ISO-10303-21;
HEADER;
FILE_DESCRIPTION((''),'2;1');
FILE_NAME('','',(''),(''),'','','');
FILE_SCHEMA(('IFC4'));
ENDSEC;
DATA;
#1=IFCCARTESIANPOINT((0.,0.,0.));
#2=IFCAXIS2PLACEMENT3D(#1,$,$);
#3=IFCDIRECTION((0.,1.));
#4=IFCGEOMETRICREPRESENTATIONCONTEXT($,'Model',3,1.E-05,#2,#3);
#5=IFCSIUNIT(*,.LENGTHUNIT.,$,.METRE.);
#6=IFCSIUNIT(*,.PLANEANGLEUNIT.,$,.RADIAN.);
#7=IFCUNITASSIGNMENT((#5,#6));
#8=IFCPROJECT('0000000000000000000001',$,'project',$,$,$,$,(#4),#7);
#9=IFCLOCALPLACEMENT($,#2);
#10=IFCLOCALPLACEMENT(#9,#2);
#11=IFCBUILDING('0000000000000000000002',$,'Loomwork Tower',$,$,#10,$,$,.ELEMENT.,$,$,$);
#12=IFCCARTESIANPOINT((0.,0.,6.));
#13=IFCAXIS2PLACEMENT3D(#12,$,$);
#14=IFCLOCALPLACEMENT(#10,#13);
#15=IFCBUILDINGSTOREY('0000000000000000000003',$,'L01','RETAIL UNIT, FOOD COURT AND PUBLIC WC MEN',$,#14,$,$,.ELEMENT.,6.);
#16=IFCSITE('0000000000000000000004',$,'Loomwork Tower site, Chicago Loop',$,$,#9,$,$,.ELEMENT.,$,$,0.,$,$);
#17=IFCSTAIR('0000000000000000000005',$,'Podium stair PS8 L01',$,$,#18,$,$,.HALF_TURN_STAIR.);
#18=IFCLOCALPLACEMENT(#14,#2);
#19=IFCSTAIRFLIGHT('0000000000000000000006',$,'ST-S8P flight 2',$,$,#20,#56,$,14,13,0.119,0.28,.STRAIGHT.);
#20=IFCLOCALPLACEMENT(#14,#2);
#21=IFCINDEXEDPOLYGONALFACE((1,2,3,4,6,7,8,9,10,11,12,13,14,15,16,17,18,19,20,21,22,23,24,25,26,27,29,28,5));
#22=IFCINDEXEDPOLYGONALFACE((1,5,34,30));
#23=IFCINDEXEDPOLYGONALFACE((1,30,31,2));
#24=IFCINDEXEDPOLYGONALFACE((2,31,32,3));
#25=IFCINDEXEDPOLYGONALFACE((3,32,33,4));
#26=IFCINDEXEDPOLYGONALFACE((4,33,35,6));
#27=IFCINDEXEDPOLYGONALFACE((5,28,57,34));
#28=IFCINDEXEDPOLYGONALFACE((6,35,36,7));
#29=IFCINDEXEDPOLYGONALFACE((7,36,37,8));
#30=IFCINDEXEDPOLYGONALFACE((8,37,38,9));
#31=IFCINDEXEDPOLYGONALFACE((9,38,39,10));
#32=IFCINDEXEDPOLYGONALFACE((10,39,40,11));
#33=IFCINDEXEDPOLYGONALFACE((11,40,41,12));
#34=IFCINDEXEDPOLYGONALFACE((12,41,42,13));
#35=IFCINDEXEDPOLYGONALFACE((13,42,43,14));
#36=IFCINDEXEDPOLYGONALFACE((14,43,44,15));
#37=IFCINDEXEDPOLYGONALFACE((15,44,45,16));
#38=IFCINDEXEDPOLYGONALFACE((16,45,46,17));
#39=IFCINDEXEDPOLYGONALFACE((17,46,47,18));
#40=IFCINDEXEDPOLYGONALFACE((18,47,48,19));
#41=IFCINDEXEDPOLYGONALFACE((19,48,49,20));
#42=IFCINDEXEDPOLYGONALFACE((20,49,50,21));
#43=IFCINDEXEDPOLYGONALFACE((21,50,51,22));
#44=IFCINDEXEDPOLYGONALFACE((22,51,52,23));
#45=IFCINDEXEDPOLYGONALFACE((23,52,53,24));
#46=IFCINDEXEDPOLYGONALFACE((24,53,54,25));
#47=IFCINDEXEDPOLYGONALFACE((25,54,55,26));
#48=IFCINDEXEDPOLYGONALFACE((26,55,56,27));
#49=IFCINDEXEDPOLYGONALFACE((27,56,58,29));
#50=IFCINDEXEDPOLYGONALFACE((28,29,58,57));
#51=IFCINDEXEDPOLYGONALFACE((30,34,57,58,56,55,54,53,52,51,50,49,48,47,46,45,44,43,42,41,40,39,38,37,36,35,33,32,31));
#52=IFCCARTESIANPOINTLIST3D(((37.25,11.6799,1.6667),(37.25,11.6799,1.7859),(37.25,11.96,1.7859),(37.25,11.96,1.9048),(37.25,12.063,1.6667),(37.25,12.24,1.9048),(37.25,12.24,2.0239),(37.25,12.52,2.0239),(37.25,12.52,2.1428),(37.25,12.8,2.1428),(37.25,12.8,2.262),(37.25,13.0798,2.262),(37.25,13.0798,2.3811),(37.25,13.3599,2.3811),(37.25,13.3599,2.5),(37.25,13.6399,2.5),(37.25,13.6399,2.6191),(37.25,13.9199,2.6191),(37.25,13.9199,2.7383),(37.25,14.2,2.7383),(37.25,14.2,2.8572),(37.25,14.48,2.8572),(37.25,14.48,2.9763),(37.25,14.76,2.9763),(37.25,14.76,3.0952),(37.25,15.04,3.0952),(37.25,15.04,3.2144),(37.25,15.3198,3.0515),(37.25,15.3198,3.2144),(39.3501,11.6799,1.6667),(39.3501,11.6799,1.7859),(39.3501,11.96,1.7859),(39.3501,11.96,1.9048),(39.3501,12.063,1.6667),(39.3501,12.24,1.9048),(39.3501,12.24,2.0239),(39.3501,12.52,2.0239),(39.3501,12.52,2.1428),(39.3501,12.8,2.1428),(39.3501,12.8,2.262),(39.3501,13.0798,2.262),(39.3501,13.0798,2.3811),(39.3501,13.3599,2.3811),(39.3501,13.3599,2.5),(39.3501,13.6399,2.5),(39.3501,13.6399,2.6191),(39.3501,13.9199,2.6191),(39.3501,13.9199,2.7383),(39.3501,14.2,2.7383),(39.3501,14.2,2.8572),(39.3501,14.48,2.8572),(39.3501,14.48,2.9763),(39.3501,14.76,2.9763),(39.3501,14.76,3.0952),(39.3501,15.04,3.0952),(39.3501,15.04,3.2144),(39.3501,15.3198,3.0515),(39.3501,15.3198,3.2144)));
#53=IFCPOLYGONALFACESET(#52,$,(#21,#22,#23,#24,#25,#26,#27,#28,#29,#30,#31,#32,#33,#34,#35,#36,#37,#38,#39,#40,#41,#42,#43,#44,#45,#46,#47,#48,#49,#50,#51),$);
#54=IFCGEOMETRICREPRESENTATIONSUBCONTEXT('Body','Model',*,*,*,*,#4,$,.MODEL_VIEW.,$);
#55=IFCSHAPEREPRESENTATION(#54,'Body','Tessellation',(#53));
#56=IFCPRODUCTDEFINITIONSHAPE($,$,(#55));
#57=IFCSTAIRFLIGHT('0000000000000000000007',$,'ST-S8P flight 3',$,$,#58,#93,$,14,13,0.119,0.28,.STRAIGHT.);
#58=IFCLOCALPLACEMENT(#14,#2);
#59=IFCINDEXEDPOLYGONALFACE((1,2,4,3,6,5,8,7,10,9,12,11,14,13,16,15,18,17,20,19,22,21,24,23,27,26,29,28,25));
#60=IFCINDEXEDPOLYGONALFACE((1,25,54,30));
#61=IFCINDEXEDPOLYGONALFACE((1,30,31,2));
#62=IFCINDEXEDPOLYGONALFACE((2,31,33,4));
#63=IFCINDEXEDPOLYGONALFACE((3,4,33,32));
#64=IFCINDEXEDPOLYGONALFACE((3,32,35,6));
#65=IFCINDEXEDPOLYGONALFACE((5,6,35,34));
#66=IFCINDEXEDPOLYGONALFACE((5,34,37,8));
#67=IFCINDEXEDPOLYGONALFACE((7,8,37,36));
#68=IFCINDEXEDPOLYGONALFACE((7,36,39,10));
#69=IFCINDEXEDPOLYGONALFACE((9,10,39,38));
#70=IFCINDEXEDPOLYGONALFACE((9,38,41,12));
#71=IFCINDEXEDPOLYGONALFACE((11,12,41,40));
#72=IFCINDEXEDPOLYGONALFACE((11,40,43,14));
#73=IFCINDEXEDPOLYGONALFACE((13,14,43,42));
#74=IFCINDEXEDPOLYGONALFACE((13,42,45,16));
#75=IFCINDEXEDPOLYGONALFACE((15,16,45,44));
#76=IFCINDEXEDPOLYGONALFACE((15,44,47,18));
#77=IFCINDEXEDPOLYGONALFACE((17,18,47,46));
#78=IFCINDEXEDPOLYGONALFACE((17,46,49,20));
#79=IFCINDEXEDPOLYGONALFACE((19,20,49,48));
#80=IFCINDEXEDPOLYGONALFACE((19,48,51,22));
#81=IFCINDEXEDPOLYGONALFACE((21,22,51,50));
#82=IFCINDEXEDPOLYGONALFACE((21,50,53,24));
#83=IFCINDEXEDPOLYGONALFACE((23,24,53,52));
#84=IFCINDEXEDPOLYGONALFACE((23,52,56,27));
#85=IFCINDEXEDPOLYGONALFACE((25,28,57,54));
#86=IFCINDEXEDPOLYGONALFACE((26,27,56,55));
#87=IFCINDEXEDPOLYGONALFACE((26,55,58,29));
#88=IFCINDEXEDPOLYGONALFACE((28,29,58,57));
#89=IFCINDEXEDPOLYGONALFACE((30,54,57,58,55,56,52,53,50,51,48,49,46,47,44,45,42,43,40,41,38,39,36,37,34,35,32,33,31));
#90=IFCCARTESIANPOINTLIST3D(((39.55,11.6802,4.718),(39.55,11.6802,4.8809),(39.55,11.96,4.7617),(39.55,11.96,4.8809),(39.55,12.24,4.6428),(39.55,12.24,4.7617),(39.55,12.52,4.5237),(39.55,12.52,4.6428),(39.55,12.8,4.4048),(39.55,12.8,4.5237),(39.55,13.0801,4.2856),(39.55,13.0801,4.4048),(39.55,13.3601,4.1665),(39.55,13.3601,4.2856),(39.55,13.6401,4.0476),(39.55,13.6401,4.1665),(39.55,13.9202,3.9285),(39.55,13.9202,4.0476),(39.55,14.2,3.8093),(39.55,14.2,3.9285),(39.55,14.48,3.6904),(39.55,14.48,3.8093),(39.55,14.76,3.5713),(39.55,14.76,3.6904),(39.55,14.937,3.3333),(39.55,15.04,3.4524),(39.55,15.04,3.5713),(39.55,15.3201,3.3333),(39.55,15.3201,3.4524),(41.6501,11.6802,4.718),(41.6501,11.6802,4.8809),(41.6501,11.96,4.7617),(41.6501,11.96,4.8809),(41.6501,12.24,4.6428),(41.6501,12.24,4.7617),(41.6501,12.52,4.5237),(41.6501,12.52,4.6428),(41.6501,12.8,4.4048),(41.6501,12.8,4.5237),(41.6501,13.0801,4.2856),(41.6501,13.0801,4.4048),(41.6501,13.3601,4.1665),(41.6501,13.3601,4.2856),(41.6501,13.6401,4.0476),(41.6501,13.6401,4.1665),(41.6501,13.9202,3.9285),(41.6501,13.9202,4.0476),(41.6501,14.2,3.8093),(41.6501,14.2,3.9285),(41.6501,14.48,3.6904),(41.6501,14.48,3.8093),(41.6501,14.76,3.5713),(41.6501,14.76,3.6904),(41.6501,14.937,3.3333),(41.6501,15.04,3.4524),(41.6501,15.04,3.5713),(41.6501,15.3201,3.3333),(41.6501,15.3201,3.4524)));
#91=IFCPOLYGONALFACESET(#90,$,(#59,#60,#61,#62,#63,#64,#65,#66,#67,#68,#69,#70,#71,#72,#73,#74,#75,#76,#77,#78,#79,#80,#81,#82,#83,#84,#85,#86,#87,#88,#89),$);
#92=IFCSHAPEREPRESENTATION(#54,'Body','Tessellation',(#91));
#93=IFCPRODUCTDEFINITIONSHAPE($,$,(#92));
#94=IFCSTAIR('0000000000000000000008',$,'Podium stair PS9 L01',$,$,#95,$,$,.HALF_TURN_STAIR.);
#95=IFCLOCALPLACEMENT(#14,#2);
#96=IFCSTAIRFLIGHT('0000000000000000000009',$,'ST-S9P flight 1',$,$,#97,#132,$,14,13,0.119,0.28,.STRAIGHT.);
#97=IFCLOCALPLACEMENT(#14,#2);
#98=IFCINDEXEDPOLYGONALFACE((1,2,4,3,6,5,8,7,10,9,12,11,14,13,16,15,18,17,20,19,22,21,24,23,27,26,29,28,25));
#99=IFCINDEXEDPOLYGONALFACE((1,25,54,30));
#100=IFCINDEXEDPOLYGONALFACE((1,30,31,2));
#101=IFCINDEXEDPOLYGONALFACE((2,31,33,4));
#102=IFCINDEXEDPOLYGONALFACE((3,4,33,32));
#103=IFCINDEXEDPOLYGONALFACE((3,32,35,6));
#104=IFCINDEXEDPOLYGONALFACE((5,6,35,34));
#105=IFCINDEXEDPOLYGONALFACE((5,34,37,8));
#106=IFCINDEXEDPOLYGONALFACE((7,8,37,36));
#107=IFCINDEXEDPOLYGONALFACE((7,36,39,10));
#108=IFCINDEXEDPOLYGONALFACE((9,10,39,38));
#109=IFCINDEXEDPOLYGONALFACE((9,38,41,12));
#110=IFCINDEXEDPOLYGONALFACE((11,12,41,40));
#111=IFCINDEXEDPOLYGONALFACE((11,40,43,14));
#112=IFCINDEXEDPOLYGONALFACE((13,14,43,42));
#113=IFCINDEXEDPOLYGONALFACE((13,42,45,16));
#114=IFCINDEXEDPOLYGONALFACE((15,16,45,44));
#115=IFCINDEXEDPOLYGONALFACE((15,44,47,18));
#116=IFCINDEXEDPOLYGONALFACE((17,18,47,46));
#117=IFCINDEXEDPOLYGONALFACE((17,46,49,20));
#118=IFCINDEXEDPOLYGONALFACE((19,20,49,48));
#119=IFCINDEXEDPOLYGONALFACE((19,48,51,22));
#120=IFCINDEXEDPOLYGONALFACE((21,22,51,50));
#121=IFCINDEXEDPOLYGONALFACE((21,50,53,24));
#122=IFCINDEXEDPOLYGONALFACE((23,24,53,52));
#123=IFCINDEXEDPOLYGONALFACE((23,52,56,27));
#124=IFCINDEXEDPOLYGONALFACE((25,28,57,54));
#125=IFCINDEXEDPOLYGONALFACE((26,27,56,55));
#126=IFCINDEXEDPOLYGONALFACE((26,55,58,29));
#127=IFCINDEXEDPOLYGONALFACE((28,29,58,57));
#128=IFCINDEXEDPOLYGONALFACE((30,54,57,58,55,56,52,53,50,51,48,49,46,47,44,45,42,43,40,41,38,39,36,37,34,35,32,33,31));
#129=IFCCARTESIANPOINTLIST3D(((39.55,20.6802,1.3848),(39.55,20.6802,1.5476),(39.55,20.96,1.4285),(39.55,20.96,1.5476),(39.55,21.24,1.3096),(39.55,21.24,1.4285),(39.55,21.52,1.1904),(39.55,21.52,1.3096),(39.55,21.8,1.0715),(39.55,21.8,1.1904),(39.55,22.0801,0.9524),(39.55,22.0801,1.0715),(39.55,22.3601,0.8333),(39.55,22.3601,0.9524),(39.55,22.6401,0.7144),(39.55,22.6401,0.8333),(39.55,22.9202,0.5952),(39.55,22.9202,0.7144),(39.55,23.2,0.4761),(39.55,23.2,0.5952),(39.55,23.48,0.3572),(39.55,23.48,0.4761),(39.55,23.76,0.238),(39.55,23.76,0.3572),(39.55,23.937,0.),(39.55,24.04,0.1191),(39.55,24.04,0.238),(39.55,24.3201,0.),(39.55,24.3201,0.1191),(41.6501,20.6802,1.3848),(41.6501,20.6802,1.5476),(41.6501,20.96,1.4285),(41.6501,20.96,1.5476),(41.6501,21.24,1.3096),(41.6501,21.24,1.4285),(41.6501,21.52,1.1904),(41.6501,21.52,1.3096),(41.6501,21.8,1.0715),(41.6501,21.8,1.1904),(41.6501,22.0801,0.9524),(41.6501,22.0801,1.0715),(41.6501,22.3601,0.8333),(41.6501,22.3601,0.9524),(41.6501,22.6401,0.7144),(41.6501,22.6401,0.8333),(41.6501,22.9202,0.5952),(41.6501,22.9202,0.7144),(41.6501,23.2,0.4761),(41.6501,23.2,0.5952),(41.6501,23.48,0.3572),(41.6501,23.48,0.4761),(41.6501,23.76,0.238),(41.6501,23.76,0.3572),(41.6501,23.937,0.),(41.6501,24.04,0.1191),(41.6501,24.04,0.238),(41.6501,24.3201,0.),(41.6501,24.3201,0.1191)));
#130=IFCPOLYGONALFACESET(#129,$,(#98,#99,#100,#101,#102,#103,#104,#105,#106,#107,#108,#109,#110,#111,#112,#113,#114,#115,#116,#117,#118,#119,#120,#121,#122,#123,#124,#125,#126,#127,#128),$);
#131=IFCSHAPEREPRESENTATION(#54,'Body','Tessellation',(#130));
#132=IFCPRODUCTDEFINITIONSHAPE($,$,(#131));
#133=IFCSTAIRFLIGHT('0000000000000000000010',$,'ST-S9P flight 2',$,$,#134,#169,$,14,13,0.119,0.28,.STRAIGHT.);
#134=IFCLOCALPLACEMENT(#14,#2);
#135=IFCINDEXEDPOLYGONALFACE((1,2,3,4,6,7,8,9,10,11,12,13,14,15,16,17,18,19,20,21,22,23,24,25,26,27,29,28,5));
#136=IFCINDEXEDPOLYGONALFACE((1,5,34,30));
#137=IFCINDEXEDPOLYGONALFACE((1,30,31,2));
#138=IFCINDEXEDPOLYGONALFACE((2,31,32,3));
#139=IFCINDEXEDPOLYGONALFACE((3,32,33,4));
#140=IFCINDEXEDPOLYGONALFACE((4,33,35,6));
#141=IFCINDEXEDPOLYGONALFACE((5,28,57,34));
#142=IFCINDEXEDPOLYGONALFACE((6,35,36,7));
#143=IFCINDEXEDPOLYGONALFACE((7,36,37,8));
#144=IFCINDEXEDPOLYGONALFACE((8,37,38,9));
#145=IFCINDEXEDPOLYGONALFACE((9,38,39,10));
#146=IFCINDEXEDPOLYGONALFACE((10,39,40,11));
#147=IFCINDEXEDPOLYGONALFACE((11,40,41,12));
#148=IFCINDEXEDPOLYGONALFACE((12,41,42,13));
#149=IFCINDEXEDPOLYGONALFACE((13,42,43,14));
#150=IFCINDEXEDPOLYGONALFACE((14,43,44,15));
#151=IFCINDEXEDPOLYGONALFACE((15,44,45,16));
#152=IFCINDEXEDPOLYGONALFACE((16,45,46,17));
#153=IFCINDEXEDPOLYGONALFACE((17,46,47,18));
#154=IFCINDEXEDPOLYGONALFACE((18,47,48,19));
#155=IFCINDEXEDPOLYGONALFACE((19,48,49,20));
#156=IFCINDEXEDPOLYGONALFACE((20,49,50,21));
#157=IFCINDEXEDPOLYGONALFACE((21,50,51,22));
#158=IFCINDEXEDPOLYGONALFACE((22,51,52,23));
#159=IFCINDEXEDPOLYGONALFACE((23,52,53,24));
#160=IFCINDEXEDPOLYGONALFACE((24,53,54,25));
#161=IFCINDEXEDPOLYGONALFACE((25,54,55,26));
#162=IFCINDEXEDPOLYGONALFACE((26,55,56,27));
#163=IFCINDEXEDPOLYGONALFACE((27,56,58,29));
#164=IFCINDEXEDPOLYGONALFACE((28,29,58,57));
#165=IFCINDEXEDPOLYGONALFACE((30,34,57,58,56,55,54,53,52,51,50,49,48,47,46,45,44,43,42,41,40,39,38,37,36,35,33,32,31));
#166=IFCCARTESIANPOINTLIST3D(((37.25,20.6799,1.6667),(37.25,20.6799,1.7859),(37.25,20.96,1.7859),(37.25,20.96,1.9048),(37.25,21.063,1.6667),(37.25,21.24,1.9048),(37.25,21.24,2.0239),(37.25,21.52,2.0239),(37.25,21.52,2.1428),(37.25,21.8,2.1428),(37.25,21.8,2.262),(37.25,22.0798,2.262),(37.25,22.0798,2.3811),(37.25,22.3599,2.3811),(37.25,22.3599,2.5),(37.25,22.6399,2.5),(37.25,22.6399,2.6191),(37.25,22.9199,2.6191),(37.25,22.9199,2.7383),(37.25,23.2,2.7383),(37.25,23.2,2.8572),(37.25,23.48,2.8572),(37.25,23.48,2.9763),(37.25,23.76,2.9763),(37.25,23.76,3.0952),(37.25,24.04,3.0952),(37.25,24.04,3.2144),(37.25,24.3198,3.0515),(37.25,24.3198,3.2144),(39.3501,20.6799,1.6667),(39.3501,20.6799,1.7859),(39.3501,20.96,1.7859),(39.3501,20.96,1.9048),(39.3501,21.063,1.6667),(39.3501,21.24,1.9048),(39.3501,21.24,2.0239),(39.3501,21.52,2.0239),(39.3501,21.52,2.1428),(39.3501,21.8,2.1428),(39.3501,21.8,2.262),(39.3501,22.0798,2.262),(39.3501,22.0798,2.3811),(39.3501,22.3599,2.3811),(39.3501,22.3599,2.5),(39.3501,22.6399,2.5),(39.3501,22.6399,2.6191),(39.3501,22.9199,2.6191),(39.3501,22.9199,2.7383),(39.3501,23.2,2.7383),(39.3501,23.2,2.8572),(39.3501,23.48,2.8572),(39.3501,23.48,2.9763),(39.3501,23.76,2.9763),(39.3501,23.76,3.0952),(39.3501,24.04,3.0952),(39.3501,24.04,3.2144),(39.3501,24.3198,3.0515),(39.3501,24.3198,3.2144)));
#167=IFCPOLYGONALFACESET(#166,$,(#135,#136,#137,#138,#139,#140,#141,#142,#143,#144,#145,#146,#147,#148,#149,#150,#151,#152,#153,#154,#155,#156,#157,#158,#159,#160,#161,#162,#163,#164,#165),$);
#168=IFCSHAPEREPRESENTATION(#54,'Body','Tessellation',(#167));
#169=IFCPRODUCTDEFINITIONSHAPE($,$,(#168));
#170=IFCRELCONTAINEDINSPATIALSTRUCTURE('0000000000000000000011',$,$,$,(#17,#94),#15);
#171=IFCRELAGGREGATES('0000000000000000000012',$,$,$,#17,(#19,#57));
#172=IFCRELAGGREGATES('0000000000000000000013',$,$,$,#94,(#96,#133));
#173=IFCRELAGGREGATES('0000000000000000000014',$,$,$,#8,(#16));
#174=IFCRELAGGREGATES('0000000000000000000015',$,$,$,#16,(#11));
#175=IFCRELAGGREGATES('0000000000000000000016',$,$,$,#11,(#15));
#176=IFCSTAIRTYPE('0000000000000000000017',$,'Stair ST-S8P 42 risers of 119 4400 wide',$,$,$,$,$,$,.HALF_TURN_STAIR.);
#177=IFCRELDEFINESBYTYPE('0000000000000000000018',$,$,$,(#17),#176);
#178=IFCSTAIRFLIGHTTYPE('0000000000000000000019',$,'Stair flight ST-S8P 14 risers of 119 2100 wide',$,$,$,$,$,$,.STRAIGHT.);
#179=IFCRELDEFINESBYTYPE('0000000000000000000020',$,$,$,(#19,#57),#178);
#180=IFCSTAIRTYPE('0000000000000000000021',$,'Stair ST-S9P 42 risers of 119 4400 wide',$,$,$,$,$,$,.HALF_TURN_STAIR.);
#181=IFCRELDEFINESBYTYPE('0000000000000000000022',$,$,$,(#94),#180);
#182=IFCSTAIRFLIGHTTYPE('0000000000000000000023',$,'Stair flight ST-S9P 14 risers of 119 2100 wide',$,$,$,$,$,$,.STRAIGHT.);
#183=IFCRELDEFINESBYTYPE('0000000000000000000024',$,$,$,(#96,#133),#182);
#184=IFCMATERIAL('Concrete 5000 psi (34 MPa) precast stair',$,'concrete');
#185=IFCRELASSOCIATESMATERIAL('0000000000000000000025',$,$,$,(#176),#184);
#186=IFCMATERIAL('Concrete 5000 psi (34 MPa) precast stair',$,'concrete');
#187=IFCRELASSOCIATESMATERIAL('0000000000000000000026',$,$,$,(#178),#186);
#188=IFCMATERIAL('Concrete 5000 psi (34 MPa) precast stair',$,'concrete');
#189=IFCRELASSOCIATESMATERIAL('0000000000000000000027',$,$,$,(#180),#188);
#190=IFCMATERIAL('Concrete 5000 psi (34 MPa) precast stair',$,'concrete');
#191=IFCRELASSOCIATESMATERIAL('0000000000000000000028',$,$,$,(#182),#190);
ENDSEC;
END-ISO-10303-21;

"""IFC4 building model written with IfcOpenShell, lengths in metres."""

from ifc_helpers import new_model, si_unit, direction, frame, origin, place, context, subcontext, project, spatial, polyline, outline, extrude, material, type_object, element, aggregate, save


model = new_model("IFC4")

# Units and contexts
model_context = context("Model", 3, precision=1e-05, world=origin(), true_north=direction((0.0, 1.0)))
body_context = subcontext(model_context, "Body", "Model", "MODEL_VIEW")
ifc_project = project(units=[si_unit("LENGTHUNIT", "METRE"), si_unit("PLANEANGLEUNIT", "RADIAN")], contexts=[model_context])

# Site, building, storey
site_placement = place(None, origin())
site = spatial("IfcSite", under=ifc_project, at=site_placement, Name="Loomwork Tower site, Chicago Loop", CompositionType="ELEMENT", RefElevation=0.0)
building_placement = place(site_placement, origin())
building = spatial("IfcBuilding", under=site, at=building_placement, Name="Loomwork Tower", CompositionType="ELEMENT")
storey_placement = place(building_placement, frame((0.0, 0.0, 6.0)))
storey = spatial("IfcBuildingStorey", under=building, at=storey_placement, Name="L01", Description="RETAIL UNIT, FOOD COURT AND PUBLIC WC MEN", CompositionType="ELEMENT", Elevation=6.0)

# Stairs, stair flights
ifc_material_1 = material(Name="Concrete 5000 psi (34 MPa) precast stair", Category="concrete")
stair_type_1 = type_object("IfcStairType", Name="Stair ST-S8P 42 risers of 119 4400 wide", PredefinedType="HALF_TURN_STAIR", material=ifc_material_1)
stair_1_placement = place(storey_placement, origin())
stair_1 = element("IfcStair", 1, at=stair_1_placement, inside=storey, type_object=stair_type_1, Name="Podium stair PS8 L01", PredefinedType="HALF_TURN_STAIR")
ifc_material_2 = material(Name="Concrete 5000 psi (34 MPa) precast stair", Category="concrete")
stair_flight_type_1 = type_object("IfcStairFlightType", Name="Stair flight ST-S8P 14 risers of 119 2100 wide", PredefinedType="STRAIGHT", material=ifc_material_2)
stair_flight_1_placement = place(storey_placement, frame((38.3, 11.6799, 1.6667), z_axis=(0.0, 0.0, 1.0), x_axis=(0.0, 1.0, 0.0)))
stair_flight_1 = element("IfcStairFlight", 2, at=stair_flight_1_placement, type_object=stair_flight_type_1, Name="ST-S8P flight 2", NumberOfRisers=14, NumberOfTreads=13, PredefinedType="STRAIGHT", RiserHeight=0.119, TreadLength=0.28, context=body_context, shape_type="SweptSolid", body=[
    extrude(outline(polyline([(0.0, 0.0), (0.0, 0.1191), (0.28, 0.1191), (0.28, 0.238), (0.5601, 0.238), (0.5601, 0.3572), (0.8401, 0.3572), (0.8401, 0.4761), (1.1201, 0.4761), (1.1201, 0.5952), (1.3999, 0.5952), (1.3999, 0.7144), (1.6799, 0.7144), (1.6799, 0.8333), (1.96, 0.8333), (1.96, 0.9524), (2.24, 0.9524), (2.24, 1.0715), (2.52, 1.0715), (2.52, 1.1904), (2.8, 1.1904), (2.8, 1.3096), (3.0801, 1.3096), (3.0801, 1.4285), (3.3601, 1.4285), (3.3601, 1.5476), (3.6399, 1.5476), (3.6399, 1.6667), (3.6399, 1.3848), (0.3831, 0.0), (0.0, 0.0)])), frame((0.0, 1.05, 0.0), z_axis=(0.0, -1.0, 0.0), x_axis=(1.0, 0.0, 0.0)), (0.0, 0.0, 1.0), 2.1001),
])
stair_flight_2_placement = place(storey_placement, frame((40.6001, 15.3201, 3.3333), z_axis=(0.0, 0.0, 1.0), x_axis=(0.0, -1.0, 0.0)))
stair_flight_2 = element("IfcStairFlight", 3, at=stair_flight_2_placement, type_object=stair_flight_type_1, Name="ST-S8P flight 3", NumberOfRisers=14, NumberOfTreads=13, PredefinedType="STRAIGHT", RiserHeight=0.119, TreadLength=0.28, context=body_context, shape_type="SweptSolid", body=[
    extrude(outline(polyline([(0.0, 0.0), (0.0, 0.1191), (0.28, 0.1191), (0.28, 0.238), (0.5601, 0.238), (0.5601, 0.3572), (0.8401, 0.3572), (0.8401, 0.4761), (1.1201, 0.4761), (1.1201, 0.5952), (1.3999, 0.5952), (1.3999, 0.7144), (1.6799, 0.7144), (1.6799, 0.8333), (1.96, 0.8333), (1.96, 0.9524), (2.24, 0.9524), (2.24, 1.0715), (2.52, 1.0715), (2.52, 1.1904), (2.8, 1.1904), (2.8, 1.3096), (3.0801, 1.3096), (3.0801, 1.4285), (3.3601, 1.4285), (3.3601, 1.5476), (3.6399, 1.5476), (3.6399, 1.6667), (3.6399, 1.3848), (0.3831, 0.0), (0.0, 0.0)])), frame((0.0, 1.05, 0.0), z_axis=(0.0, -1.0, 0.0), x_axis=(1.0, 0.0, 0.0)), (0.0, 0.0, 1.0), 2.1001),
])
aggregate(stair_1, [stair_flight_1, stair_flight_2])
ifc_material_3 = material(Name="Concrete 5000 psi (34 MPa) precast stair", Category="concrete")
stair_type_2 = type_object("IfcStairType", Name="Stair ST-S9P 42 risers of 119 4400 wide", PredefinedType="HALF_TURN_STAIR", material=ifc_material_3)
stair_2_placement = place(storey_placement, origin())
stair_2 = element("IfcStair", 4, at=stair_2_placement, inside=storey, type_object=stair_type_2, Name="Podium stair PS9 L01", PredefinedType="HALF_TURN_STAIR")
ifc_material_4 = material(Name="Concrete 5000 psi (34 MPa) precast stair", Category="concrete")
stair_flight_type_2 = type_object("IfcStairFlightType", Name="Stair flight ST-S9P 14 risers of 119 2100 wide", PredefinedType="STRAIGHT", material=ifc_material_4)
stair_flight_3_placement = place(storey_placement, frame((40.6001, 24.3201, 0.0), z_axis=(0.0, 0.0, 1.0), x_axis=(0.0, -1.0, 0.0)))
stair_flight_3 = element("IfcStairFlight", 5, at=stair_flight_3_placement, type_object=stair_flight_type_2, Name="ST-S9P flight 1", NumberOfRisers=14, NumberOfTreads=13, PredefinedType="STRAIGHT", RiserHeight=0.119, TreadLength=0.28, context=body_context, shape_type="SweptSolid", body=[
    extrude(outline(polyline([(0.0, 0.0), (0.0, 0.1191), (0.28, 0.1191), (0.28, 0.238), (0.5601, 0.238), (0.5601, 0.3572), (0.8401, 0.3572), (0.8401, 0.4761), (1.1201, 0.4761), (1.1201, 0.5952), (1.3999, 0.5952), (1.3999, 0.7144), (1.6799, 0.7144), (1.6799, 0.8333), (1.96, 0.8333), (1.96, 0.9524), (2.24, 0.9524), (2.24, 1.0715), (2.52, 1.0715), (2.52, 1.1904), (2.8, 1.1904), (2.8, 1.3096), (3.0801, 1.3096), (3.0801, 1.4285), (3.3601, 1.4285), (3.3601, 1.5476), (3.6399, 1.5476), (3.6399, 1.6667), (3.6399, 1.3848), (0.3831, 0.0), (0.0, 0.0)])), frame((0.0, 1.05, 0.0), z_axis=(0.0, -1.0, 0.0), x_axis=(1.0, 0.0, 0.0)), (0.0, 0.0, 1.0), 2.1001),
])
stair_flight_4_placement = place(storey_placement, frame((38.3, 20.6799, 1.6667), z_axis=(0.0, 0.0, 1.0), x_axis=(0.0, 1.0, 0.0)))
stair_flight_4 = element("IfcStairFlight", 6, at=stair_flight_4_placement, type_object=stair_flight_type_2, Name="ST-S9P flight 2", NumberOfRisers=14, NumberOfTreads=13, PredefinedType="STRAIGHT", RiserHeight=0.119, TreadLength=0.28, context=body_context, shape_type="SweptSolid", body=[
    extrude(outline(polyline([(0.0, 0.0), (0.0, 0.1191), (0.28, 0.1191), (0.28, 0.238), (0.5601, 0.238), (0.5601, 0.3572), (0.8401, 0.3572), (0.8401, 0.4761), (1.1201, 0.4761), (1.1201, 0.5952), (1.3999, 0.5952), (1.3999, 0.7144), (1.6799, 0.7144), (1.6799, 0.8333), (1.96, 0.8333), (1.96, 0.9524), (2.24, 0.9524), (2.24, 1.0715), (2.52, 1.0715), (2.52, 1.1904), (2.8, 1.1904), (2.8, 1.3096), (3.0801, 1.3096), (3.0801, 1.4285), (3.3601, 1.4285), (3.3601, 1.5476), (3.6399, 1.5476), (3.6399, 1.6667), (3.6399, 1.3848), (0.3831, 0.0), (0.0, 0.0)])), frame((0.0, 1.05, 0.0), z_axis=(0.0, -1.0, 0.0), x_axis=(1.0, 0.0, 0.0)), (0.0, 0.0, 1.0), 2.1001),
])
aggregate(stair_2, [stair_flight_3, stair_flight_4])

save(model, "model.ifc")
